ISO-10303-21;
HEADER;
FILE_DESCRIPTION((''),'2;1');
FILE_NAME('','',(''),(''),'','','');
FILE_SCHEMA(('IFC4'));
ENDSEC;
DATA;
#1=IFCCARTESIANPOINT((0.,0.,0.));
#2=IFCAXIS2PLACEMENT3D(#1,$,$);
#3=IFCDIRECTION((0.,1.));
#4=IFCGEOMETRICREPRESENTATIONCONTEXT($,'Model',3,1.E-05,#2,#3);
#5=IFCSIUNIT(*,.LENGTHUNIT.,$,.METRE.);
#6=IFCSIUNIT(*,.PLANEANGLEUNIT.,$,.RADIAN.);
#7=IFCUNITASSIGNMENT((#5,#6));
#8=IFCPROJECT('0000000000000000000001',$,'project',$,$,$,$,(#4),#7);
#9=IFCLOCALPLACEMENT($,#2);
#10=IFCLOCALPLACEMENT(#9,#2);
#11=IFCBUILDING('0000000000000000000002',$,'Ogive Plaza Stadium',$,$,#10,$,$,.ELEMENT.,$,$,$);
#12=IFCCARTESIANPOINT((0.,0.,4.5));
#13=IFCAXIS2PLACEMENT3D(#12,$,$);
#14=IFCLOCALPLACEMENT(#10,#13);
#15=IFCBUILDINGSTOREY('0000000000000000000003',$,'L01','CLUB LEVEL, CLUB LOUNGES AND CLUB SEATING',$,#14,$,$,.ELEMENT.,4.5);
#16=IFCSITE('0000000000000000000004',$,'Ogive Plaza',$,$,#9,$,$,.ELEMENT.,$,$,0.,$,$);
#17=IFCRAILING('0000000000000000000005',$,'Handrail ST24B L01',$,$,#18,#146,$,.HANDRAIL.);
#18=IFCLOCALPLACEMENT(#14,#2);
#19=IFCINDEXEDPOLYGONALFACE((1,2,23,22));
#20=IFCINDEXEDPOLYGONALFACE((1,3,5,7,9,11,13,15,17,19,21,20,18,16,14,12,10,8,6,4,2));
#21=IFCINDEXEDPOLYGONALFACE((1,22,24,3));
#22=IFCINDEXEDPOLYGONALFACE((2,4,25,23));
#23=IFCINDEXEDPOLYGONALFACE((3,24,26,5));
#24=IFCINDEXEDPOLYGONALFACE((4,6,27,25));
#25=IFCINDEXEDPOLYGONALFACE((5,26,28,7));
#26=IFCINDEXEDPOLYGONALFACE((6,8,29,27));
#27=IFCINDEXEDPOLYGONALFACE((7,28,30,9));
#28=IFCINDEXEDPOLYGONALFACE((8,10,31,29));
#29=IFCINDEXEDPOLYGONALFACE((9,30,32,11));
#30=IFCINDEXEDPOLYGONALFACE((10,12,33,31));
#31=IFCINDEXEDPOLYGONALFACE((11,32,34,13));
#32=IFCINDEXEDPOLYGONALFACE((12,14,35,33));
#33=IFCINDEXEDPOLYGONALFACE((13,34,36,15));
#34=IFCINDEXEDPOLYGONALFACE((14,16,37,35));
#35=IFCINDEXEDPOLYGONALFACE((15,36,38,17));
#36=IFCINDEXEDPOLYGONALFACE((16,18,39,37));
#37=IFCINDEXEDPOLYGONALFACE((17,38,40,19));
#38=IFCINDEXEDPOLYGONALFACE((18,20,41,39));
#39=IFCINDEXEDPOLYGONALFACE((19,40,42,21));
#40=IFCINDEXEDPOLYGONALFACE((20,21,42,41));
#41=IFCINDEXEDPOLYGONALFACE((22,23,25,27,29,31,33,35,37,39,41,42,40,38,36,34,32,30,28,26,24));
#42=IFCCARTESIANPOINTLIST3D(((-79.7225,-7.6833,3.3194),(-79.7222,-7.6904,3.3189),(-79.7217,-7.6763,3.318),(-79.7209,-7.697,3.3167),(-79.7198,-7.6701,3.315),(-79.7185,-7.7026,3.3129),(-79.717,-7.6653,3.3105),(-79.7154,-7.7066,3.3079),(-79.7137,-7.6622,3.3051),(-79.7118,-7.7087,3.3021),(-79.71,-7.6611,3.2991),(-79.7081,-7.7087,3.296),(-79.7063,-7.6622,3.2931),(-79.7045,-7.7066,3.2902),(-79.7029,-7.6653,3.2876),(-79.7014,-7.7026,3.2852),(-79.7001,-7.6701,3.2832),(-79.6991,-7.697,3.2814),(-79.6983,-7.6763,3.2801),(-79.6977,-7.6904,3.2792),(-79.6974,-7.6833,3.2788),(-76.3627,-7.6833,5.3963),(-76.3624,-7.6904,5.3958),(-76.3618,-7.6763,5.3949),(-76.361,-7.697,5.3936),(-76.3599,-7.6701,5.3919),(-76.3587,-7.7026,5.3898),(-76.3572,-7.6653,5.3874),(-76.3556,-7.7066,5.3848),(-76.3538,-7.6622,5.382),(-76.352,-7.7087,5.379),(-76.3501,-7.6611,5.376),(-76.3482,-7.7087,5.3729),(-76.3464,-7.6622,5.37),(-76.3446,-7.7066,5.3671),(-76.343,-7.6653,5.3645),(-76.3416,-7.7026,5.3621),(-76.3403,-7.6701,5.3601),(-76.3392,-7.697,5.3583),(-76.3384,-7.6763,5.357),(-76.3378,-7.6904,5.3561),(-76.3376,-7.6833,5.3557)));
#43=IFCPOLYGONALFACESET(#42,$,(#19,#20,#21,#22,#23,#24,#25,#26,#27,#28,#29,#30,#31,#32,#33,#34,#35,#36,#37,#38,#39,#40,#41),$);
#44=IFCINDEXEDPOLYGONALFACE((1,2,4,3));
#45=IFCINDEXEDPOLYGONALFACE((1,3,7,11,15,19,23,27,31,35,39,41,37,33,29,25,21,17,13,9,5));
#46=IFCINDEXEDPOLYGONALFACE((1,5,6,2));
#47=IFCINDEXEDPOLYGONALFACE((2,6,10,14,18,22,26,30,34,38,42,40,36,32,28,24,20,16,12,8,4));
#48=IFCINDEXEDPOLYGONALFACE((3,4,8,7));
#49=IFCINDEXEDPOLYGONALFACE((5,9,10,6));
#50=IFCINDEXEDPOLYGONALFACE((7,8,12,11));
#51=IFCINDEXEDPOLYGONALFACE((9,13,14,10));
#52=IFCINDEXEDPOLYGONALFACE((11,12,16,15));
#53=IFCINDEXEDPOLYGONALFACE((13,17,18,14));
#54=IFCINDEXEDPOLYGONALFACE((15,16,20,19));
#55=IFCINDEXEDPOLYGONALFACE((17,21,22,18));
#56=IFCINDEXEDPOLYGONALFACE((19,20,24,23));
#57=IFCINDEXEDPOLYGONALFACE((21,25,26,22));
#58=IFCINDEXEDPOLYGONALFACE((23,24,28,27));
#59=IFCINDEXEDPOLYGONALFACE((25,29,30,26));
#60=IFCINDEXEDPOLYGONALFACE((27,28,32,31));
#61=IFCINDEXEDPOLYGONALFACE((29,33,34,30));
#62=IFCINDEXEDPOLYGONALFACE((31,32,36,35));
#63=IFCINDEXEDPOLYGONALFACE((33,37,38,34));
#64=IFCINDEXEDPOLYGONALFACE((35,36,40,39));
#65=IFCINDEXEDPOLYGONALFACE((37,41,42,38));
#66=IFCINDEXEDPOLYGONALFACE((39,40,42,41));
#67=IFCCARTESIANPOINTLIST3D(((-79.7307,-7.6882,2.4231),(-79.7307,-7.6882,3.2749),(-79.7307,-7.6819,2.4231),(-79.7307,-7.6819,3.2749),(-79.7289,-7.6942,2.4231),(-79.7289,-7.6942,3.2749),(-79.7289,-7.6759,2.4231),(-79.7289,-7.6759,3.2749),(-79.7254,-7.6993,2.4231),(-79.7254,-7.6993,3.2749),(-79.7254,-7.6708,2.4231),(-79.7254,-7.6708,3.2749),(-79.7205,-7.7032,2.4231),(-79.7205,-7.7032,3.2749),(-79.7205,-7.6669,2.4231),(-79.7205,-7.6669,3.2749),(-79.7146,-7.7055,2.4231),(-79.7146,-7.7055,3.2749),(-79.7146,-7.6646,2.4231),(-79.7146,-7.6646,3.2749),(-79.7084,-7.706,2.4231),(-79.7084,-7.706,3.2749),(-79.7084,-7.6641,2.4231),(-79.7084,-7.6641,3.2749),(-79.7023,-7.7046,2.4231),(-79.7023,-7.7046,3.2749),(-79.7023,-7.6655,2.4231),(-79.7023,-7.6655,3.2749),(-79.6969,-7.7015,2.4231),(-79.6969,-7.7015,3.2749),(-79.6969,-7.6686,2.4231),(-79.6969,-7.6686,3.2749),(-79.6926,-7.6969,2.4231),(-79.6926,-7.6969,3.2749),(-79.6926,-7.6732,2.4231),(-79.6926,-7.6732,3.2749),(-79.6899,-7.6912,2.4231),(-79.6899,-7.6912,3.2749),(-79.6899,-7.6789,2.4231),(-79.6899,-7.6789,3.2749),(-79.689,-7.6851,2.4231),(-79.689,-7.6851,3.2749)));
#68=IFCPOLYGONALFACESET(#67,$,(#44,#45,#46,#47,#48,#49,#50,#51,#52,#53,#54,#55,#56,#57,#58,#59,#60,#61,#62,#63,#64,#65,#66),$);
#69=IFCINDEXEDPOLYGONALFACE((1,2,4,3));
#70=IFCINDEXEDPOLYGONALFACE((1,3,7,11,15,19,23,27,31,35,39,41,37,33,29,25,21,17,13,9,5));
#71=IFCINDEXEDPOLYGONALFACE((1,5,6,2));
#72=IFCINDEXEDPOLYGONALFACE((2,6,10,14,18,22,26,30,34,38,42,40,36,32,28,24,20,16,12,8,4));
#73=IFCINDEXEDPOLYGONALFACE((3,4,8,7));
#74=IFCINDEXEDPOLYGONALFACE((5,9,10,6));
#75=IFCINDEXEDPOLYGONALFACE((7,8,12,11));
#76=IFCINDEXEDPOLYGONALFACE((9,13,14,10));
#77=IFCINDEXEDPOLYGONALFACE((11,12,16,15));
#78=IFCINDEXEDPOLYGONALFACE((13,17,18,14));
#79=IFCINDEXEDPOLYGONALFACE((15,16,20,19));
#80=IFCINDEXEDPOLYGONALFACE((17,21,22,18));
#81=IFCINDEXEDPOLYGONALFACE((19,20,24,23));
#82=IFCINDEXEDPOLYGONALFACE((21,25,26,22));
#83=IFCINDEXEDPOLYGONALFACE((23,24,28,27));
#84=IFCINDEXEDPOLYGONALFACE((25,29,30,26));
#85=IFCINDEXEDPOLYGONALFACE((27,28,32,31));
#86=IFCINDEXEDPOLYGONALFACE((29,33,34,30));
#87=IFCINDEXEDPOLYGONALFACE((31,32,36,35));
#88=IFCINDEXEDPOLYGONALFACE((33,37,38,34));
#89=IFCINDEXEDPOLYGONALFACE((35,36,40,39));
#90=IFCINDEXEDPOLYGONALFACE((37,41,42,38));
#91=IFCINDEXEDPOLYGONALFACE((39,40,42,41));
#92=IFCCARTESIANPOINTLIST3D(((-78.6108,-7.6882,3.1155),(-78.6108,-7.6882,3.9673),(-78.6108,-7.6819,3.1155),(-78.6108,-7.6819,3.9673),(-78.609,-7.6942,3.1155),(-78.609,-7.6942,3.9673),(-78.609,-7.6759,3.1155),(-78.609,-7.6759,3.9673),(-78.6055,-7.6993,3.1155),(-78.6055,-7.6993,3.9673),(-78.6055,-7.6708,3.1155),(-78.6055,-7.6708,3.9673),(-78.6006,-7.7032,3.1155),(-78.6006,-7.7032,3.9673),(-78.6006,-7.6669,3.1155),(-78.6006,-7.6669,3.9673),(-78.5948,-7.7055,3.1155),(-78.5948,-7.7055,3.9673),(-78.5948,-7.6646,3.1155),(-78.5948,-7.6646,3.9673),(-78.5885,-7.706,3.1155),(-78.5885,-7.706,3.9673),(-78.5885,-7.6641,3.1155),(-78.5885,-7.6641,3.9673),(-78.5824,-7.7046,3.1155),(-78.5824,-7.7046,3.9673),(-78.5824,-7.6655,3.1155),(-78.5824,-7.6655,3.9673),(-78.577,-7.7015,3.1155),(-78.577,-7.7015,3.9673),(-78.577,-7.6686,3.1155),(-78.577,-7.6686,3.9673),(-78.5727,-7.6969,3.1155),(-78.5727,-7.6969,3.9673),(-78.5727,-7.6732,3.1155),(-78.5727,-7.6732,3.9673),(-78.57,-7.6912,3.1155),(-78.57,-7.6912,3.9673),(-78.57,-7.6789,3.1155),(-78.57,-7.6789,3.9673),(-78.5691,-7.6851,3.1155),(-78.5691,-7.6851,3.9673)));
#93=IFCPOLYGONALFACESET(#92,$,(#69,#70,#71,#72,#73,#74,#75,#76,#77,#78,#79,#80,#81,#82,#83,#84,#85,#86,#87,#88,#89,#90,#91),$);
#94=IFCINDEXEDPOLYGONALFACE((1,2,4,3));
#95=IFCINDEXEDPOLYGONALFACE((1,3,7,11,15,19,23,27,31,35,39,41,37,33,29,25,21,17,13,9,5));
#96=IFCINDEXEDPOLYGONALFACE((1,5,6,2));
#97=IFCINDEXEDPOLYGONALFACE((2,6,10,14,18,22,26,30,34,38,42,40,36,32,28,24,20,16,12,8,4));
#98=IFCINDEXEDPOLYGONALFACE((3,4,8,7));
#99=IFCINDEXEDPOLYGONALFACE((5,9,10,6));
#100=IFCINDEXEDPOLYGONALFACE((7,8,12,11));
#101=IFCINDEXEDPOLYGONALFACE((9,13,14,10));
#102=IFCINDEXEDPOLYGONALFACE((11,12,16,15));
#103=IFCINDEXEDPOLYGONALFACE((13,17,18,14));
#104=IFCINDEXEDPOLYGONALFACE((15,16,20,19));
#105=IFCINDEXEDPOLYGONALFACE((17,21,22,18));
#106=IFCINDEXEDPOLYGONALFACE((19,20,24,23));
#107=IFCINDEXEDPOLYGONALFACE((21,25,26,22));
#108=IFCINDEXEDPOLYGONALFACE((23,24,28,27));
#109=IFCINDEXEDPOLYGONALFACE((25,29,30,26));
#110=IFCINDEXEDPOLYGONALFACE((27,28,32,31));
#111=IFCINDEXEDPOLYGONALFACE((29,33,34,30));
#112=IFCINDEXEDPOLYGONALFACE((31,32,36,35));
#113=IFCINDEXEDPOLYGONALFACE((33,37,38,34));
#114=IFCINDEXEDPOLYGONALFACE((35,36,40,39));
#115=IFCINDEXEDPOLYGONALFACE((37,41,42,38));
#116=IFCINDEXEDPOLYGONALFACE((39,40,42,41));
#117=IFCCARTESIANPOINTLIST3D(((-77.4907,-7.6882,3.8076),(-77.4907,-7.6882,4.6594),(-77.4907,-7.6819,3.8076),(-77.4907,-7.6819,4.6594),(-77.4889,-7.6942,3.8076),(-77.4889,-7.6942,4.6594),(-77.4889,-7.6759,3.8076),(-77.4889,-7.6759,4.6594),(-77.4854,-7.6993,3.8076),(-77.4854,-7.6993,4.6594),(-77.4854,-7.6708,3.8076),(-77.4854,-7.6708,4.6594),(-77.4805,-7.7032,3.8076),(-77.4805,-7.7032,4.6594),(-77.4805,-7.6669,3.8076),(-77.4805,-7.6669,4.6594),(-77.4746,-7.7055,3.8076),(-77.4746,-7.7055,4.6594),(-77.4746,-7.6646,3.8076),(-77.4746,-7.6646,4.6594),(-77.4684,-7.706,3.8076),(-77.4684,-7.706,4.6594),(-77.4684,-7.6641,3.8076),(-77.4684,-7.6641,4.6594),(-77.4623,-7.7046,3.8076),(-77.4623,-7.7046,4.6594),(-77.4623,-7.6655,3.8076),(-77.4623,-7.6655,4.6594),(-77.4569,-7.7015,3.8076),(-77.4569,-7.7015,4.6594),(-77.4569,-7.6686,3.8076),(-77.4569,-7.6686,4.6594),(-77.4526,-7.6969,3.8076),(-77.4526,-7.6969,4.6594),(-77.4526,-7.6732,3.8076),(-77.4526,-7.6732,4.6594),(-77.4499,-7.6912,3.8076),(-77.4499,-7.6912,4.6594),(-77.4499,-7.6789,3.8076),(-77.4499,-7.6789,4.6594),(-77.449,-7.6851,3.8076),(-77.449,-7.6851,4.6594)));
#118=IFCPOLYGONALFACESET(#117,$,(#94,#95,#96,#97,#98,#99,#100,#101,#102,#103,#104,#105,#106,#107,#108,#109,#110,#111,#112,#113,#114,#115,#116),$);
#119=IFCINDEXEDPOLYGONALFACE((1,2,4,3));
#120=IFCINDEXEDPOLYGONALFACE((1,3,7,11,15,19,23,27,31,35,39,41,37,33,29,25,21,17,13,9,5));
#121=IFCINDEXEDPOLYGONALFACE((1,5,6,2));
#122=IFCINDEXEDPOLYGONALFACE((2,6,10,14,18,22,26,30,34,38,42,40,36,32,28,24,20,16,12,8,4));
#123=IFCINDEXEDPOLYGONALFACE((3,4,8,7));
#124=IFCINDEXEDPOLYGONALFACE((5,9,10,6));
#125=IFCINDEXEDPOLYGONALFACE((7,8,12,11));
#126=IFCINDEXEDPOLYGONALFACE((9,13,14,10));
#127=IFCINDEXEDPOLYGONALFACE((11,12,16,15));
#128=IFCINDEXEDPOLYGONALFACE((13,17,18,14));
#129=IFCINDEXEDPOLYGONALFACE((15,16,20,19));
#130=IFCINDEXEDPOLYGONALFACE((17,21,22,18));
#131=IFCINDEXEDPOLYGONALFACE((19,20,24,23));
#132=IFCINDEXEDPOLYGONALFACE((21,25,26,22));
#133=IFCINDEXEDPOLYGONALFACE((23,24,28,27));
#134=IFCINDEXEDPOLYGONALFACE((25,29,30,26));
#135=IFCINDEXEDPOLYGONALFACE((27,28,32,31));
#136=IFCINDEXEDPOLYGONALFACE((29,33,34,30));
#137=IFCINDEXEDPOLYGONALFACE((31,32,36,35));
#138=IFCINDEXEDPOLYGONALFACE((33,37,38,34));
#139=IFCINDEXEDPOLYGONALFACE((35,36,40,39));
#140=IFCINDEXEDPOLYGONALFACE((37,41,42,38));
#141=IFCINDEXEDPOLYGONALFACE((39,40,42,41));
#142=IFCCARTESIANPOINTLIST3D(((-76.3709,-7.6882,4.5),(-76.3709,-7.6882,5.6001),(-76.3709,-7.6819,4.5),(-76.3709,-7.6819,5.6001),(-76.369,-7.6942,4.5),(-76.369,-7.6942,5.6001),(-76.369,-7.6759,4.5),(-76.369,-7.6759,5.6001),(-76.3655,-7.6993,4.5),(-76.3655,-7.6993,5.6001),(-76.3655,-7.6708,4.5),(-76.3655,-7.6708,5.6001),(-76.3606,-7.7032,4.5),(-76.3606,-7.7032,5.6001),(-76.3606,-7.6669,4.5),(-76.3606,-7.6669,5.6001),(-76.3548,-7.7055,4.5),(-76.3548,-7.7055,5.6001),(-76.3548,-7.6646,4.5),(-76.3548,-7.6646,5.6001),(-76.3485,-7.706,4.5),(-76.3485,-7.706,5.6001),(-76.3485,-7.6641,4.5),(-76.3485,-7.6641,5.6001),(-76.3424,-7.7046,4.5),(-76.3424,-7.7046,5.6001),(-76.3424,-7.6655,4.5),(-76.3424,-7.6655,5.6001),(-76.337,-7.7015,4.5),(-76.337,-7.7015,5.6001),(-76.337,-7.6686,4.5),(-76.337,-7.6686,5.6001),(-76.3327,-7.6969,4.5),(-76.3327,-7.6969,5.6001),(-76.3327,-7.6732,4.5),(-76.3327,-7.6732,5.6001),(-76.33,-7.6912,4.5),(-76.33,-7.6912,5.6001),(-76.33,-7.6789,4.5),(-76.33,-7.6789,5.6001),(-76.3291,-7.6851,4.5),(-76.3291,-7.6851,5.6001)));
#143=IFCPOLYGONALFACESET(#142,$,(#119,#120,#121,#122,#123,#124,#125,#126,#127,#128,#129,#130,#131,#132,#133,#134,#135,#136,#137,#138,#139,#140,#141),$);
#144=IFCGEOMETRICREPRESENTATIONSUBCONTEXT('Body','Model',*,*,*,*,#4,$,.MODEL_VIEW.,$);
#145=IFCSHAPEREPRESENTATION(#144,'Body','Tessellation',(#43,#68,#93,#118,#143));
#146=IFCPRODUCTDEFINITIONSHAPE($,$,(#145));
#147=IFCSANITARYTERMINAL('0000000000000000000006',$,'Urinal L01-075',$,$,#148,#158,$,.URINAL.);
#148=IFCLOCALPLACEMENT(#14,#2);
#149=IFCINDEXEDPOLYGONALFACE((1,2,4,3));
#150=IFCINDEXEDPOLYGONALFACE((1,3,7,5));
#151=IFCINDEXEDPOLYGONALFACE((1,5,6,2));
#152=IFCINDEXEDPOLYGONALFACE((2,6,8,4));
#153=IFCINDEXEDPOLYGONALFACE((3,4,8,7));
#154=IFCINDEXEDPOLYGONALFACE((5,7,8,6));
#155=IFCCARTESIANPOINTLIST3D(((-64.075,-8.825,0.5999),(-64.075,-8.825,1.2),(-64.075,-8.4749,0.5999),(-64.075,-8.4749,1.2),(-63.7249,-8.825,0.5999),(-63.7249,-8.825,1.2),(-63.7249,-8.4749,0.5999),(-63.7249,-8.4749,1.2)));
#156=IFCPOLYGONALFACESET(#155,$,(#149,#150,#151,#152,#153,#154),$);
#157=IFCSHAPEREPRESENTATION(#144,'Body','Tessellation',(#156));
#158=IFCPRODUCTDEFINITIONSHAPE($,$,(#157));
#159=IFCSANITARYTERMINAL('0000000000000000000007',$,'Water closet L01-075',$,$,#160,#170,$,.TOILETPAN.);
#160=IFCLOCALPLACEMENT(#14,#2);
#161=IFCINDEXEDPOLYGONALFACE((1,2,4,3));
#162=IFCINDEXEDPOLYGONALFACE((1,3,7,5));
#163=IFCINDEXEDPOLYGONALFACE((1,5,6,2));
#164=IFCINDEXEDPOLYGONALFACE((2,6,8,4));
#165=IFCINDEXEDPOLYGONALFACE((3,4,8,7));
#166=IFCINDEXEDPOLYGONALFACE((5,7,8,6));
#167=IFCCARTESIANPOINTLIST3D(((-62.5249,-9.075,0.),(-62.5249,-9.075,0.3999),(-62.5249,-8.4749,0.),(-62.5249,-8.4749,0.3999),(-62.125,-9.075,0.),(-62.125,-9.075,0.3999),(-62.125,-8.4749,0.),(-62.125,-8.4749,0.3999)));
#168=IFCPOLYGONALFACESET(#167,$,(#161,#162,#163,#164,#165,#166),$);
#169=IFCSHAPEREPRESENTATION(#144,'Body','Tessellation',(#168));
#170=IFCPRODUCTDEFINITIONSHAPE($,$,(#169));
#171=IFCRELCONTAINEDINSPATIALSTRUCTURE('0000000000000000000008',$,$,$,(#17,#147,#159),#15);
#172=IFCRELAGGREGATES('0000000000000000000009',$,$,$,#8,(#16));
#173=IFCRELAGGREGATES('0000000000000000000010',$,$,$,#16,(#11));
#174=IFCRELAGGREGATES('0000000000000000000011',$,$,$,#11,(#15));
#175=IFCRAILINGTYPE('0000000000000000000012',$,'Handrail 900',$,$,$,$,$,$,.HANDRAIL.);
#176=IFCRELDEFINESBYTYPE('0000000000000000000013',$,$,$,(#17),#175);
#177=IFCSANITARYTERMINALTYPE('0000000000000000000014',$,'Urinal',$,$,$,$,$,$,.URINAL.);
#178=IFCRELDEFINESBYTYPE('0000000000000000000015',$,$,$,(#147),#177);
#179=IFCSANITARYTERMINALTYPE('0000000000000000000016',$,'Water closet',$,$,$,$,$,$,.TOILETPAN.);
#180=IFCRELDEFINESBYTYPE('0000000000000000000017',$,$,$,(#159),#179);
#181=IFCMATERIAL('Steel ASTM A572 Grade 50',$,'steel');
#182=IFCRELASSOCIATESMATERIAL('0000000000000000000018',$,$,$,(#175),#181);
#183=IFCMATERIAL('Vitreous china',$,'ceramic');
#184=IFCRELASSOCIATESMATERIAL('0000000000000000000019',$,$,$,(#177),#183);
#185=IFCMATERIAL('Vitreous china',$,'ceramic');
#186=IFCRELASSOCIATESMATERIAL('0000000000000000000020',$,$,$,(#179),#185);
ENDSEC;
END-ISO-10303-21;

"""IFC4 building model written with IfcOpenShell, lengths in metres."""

from ifc_helpers import new_model, si_unit, direction, frame, origin, origin_2d, place, context, subcontext, project, spatial, rectangle, circle, extrude, material, type_object, element, save


model = new_model("IFC4")

# Units and contexts
model_context = context("Model", 3, precision=1e-05, world=origin(), true_north=direction((0.0, 1.0)))
body_context = subcontext(model_context, "Body", "Model", "MODEL_VIEW")
ifc_project = project(units=[si_unit("LENGTHUNIT", "METRE"), si_unit("PLANEANGLEUNIT", "RADIAN")], contexts=[model_context])

# Site, building, storey
site_placement = place(None, origin())
site = spatial("IfcSite", under=ifc_project, at=site_placement, Name="Ogive Plaza", CompositionType="ELEMENT", RefElevation=0.0)
building_placement = place(site_placement, origin())
building = spatial("IfcBuilding", under=site, at=building_placement, Name="Ogive Plaza Stadium", CompositionType="ELEMENT")
storey_placement = place(building_placement, frame((0.0, 0.0, 4.5)))
storey = spatial("IfcBuildingStorey", under=building, at=storey_placement, Name="L01", Description="CLUB LEVEL, CLUB LOUNGES AND CLUB SEATING", CompositionType="ELEMENT", Elevation=4.5)

# Railing
ifc_material_1 = material(Name="Steel ASTM A572 Grade 50", Category="steel")
railing_type_1 = type_object("IfcRailingType", Name="Handrail 900", PredefinedType="HANDRAIL", material=ifc_material_1)
for number, where, name in (
    (1, (-79.71, -7.6851, 2.4231), "Handrail ST24B L01"),
):
    element("IfcRailing", number, at=place(storey_placement, frame(where)), inside=storey, type_object=railing_type_1, Name=name, PredefinedType="HANDRAIL", context=body_context, shape_type="SweptSolid", body=[
        extrude(circle(Radius=0.0239, at=origin_2d()), frame((0.0, 0.0, 0.876), z_axis=(0.850606, 0.0, 0.525803), x_axis=(0.0, 1.0, 0.0)), (0.0, 0.0, 1.0), 3.95),
        extrude(circle(Radius=0.021, at=origin_2d()), origin(), (0.0, 0.0, 1.0), 0.8518),
        extrude(circle(Radius=0.021, at=origin_2d()), frame((1.1199, 0.0, 0.6924)), (0.0, 0.0, 1.0), 0.8518),
        extrude(circle(Radius=0.021, at=origin_2d()), frame((2.24, 0.0, 1.3845)), (0.0, 0.0, 1.0), 0.8518),
        extrude(circle(Radius=0.021, at=origin_2d()), frame((3.3599, 0.0, 2.0769)), (0.0, 0.0, 1.0), 1.1001),
    ])

# Sanitary terminals
ifc_material_2 = material(Name="Vitreous china", Category="ceramic")
sanitary_terminal_type_1 = type_object("IfcSanitaryTerminalType", Name="Urinal", PredefinedType="URINAL", material=ifc_material_2)
sanitary_terminal_1_placement = place(storey_placement, frame((-63.8999, -8.6499, 0.5999), z_axis=(0.0, 0.0, 1.0), x_axis=(-1.0, 0.0, 0.0)))
element("IfcSanitaryTerminal", 2, at=sanitary_terminal_1_placement, inside=storey, type_object=sanitary_terminal_type_1, Name="Urinal L01-075", PredefinedType="URINAL", context=body_context, shape_type="SweptSolid", body=[
    extrude(rectangle(XDim=0.3501, YDim=0.3501, at=origin_2d()), origin(), (0.0, 0.0, 1.0), 0.6001),
])
ifc_material_3 = material(Name="Vitreous china", Category="ceramic")
sanitary_terminal_type_2 = type_object("IfcSanitaryTerminalType", Name="Water closet", PredefinedType="TOILETPAN", material=ifc_material_3)
sanitary_terminal_2_placement = place(storey_placement, frame((-62.325, -8.7749, 0.0), z_axis=(0.0, 0.0, 1.0), x_axis=(-1.0, 0.0, 0.0)))
element("IfcSanitaryTerminal", 3, at=sanitary_terminal_2_placement, inside=storey, type_object=sanitary_terminal_type_2, Name="Water closet L01-075", PredefinedType="TOILETPAN", context=body_context, shape_type="SweptSolid", body=[
    extrude(rectangle(XDim=0.3999, YDim=0.6001, at=origin_2d()), origin(), (0.0, 0.0, 1.0), 0.3999),
])

save(model, "model.ifc")
